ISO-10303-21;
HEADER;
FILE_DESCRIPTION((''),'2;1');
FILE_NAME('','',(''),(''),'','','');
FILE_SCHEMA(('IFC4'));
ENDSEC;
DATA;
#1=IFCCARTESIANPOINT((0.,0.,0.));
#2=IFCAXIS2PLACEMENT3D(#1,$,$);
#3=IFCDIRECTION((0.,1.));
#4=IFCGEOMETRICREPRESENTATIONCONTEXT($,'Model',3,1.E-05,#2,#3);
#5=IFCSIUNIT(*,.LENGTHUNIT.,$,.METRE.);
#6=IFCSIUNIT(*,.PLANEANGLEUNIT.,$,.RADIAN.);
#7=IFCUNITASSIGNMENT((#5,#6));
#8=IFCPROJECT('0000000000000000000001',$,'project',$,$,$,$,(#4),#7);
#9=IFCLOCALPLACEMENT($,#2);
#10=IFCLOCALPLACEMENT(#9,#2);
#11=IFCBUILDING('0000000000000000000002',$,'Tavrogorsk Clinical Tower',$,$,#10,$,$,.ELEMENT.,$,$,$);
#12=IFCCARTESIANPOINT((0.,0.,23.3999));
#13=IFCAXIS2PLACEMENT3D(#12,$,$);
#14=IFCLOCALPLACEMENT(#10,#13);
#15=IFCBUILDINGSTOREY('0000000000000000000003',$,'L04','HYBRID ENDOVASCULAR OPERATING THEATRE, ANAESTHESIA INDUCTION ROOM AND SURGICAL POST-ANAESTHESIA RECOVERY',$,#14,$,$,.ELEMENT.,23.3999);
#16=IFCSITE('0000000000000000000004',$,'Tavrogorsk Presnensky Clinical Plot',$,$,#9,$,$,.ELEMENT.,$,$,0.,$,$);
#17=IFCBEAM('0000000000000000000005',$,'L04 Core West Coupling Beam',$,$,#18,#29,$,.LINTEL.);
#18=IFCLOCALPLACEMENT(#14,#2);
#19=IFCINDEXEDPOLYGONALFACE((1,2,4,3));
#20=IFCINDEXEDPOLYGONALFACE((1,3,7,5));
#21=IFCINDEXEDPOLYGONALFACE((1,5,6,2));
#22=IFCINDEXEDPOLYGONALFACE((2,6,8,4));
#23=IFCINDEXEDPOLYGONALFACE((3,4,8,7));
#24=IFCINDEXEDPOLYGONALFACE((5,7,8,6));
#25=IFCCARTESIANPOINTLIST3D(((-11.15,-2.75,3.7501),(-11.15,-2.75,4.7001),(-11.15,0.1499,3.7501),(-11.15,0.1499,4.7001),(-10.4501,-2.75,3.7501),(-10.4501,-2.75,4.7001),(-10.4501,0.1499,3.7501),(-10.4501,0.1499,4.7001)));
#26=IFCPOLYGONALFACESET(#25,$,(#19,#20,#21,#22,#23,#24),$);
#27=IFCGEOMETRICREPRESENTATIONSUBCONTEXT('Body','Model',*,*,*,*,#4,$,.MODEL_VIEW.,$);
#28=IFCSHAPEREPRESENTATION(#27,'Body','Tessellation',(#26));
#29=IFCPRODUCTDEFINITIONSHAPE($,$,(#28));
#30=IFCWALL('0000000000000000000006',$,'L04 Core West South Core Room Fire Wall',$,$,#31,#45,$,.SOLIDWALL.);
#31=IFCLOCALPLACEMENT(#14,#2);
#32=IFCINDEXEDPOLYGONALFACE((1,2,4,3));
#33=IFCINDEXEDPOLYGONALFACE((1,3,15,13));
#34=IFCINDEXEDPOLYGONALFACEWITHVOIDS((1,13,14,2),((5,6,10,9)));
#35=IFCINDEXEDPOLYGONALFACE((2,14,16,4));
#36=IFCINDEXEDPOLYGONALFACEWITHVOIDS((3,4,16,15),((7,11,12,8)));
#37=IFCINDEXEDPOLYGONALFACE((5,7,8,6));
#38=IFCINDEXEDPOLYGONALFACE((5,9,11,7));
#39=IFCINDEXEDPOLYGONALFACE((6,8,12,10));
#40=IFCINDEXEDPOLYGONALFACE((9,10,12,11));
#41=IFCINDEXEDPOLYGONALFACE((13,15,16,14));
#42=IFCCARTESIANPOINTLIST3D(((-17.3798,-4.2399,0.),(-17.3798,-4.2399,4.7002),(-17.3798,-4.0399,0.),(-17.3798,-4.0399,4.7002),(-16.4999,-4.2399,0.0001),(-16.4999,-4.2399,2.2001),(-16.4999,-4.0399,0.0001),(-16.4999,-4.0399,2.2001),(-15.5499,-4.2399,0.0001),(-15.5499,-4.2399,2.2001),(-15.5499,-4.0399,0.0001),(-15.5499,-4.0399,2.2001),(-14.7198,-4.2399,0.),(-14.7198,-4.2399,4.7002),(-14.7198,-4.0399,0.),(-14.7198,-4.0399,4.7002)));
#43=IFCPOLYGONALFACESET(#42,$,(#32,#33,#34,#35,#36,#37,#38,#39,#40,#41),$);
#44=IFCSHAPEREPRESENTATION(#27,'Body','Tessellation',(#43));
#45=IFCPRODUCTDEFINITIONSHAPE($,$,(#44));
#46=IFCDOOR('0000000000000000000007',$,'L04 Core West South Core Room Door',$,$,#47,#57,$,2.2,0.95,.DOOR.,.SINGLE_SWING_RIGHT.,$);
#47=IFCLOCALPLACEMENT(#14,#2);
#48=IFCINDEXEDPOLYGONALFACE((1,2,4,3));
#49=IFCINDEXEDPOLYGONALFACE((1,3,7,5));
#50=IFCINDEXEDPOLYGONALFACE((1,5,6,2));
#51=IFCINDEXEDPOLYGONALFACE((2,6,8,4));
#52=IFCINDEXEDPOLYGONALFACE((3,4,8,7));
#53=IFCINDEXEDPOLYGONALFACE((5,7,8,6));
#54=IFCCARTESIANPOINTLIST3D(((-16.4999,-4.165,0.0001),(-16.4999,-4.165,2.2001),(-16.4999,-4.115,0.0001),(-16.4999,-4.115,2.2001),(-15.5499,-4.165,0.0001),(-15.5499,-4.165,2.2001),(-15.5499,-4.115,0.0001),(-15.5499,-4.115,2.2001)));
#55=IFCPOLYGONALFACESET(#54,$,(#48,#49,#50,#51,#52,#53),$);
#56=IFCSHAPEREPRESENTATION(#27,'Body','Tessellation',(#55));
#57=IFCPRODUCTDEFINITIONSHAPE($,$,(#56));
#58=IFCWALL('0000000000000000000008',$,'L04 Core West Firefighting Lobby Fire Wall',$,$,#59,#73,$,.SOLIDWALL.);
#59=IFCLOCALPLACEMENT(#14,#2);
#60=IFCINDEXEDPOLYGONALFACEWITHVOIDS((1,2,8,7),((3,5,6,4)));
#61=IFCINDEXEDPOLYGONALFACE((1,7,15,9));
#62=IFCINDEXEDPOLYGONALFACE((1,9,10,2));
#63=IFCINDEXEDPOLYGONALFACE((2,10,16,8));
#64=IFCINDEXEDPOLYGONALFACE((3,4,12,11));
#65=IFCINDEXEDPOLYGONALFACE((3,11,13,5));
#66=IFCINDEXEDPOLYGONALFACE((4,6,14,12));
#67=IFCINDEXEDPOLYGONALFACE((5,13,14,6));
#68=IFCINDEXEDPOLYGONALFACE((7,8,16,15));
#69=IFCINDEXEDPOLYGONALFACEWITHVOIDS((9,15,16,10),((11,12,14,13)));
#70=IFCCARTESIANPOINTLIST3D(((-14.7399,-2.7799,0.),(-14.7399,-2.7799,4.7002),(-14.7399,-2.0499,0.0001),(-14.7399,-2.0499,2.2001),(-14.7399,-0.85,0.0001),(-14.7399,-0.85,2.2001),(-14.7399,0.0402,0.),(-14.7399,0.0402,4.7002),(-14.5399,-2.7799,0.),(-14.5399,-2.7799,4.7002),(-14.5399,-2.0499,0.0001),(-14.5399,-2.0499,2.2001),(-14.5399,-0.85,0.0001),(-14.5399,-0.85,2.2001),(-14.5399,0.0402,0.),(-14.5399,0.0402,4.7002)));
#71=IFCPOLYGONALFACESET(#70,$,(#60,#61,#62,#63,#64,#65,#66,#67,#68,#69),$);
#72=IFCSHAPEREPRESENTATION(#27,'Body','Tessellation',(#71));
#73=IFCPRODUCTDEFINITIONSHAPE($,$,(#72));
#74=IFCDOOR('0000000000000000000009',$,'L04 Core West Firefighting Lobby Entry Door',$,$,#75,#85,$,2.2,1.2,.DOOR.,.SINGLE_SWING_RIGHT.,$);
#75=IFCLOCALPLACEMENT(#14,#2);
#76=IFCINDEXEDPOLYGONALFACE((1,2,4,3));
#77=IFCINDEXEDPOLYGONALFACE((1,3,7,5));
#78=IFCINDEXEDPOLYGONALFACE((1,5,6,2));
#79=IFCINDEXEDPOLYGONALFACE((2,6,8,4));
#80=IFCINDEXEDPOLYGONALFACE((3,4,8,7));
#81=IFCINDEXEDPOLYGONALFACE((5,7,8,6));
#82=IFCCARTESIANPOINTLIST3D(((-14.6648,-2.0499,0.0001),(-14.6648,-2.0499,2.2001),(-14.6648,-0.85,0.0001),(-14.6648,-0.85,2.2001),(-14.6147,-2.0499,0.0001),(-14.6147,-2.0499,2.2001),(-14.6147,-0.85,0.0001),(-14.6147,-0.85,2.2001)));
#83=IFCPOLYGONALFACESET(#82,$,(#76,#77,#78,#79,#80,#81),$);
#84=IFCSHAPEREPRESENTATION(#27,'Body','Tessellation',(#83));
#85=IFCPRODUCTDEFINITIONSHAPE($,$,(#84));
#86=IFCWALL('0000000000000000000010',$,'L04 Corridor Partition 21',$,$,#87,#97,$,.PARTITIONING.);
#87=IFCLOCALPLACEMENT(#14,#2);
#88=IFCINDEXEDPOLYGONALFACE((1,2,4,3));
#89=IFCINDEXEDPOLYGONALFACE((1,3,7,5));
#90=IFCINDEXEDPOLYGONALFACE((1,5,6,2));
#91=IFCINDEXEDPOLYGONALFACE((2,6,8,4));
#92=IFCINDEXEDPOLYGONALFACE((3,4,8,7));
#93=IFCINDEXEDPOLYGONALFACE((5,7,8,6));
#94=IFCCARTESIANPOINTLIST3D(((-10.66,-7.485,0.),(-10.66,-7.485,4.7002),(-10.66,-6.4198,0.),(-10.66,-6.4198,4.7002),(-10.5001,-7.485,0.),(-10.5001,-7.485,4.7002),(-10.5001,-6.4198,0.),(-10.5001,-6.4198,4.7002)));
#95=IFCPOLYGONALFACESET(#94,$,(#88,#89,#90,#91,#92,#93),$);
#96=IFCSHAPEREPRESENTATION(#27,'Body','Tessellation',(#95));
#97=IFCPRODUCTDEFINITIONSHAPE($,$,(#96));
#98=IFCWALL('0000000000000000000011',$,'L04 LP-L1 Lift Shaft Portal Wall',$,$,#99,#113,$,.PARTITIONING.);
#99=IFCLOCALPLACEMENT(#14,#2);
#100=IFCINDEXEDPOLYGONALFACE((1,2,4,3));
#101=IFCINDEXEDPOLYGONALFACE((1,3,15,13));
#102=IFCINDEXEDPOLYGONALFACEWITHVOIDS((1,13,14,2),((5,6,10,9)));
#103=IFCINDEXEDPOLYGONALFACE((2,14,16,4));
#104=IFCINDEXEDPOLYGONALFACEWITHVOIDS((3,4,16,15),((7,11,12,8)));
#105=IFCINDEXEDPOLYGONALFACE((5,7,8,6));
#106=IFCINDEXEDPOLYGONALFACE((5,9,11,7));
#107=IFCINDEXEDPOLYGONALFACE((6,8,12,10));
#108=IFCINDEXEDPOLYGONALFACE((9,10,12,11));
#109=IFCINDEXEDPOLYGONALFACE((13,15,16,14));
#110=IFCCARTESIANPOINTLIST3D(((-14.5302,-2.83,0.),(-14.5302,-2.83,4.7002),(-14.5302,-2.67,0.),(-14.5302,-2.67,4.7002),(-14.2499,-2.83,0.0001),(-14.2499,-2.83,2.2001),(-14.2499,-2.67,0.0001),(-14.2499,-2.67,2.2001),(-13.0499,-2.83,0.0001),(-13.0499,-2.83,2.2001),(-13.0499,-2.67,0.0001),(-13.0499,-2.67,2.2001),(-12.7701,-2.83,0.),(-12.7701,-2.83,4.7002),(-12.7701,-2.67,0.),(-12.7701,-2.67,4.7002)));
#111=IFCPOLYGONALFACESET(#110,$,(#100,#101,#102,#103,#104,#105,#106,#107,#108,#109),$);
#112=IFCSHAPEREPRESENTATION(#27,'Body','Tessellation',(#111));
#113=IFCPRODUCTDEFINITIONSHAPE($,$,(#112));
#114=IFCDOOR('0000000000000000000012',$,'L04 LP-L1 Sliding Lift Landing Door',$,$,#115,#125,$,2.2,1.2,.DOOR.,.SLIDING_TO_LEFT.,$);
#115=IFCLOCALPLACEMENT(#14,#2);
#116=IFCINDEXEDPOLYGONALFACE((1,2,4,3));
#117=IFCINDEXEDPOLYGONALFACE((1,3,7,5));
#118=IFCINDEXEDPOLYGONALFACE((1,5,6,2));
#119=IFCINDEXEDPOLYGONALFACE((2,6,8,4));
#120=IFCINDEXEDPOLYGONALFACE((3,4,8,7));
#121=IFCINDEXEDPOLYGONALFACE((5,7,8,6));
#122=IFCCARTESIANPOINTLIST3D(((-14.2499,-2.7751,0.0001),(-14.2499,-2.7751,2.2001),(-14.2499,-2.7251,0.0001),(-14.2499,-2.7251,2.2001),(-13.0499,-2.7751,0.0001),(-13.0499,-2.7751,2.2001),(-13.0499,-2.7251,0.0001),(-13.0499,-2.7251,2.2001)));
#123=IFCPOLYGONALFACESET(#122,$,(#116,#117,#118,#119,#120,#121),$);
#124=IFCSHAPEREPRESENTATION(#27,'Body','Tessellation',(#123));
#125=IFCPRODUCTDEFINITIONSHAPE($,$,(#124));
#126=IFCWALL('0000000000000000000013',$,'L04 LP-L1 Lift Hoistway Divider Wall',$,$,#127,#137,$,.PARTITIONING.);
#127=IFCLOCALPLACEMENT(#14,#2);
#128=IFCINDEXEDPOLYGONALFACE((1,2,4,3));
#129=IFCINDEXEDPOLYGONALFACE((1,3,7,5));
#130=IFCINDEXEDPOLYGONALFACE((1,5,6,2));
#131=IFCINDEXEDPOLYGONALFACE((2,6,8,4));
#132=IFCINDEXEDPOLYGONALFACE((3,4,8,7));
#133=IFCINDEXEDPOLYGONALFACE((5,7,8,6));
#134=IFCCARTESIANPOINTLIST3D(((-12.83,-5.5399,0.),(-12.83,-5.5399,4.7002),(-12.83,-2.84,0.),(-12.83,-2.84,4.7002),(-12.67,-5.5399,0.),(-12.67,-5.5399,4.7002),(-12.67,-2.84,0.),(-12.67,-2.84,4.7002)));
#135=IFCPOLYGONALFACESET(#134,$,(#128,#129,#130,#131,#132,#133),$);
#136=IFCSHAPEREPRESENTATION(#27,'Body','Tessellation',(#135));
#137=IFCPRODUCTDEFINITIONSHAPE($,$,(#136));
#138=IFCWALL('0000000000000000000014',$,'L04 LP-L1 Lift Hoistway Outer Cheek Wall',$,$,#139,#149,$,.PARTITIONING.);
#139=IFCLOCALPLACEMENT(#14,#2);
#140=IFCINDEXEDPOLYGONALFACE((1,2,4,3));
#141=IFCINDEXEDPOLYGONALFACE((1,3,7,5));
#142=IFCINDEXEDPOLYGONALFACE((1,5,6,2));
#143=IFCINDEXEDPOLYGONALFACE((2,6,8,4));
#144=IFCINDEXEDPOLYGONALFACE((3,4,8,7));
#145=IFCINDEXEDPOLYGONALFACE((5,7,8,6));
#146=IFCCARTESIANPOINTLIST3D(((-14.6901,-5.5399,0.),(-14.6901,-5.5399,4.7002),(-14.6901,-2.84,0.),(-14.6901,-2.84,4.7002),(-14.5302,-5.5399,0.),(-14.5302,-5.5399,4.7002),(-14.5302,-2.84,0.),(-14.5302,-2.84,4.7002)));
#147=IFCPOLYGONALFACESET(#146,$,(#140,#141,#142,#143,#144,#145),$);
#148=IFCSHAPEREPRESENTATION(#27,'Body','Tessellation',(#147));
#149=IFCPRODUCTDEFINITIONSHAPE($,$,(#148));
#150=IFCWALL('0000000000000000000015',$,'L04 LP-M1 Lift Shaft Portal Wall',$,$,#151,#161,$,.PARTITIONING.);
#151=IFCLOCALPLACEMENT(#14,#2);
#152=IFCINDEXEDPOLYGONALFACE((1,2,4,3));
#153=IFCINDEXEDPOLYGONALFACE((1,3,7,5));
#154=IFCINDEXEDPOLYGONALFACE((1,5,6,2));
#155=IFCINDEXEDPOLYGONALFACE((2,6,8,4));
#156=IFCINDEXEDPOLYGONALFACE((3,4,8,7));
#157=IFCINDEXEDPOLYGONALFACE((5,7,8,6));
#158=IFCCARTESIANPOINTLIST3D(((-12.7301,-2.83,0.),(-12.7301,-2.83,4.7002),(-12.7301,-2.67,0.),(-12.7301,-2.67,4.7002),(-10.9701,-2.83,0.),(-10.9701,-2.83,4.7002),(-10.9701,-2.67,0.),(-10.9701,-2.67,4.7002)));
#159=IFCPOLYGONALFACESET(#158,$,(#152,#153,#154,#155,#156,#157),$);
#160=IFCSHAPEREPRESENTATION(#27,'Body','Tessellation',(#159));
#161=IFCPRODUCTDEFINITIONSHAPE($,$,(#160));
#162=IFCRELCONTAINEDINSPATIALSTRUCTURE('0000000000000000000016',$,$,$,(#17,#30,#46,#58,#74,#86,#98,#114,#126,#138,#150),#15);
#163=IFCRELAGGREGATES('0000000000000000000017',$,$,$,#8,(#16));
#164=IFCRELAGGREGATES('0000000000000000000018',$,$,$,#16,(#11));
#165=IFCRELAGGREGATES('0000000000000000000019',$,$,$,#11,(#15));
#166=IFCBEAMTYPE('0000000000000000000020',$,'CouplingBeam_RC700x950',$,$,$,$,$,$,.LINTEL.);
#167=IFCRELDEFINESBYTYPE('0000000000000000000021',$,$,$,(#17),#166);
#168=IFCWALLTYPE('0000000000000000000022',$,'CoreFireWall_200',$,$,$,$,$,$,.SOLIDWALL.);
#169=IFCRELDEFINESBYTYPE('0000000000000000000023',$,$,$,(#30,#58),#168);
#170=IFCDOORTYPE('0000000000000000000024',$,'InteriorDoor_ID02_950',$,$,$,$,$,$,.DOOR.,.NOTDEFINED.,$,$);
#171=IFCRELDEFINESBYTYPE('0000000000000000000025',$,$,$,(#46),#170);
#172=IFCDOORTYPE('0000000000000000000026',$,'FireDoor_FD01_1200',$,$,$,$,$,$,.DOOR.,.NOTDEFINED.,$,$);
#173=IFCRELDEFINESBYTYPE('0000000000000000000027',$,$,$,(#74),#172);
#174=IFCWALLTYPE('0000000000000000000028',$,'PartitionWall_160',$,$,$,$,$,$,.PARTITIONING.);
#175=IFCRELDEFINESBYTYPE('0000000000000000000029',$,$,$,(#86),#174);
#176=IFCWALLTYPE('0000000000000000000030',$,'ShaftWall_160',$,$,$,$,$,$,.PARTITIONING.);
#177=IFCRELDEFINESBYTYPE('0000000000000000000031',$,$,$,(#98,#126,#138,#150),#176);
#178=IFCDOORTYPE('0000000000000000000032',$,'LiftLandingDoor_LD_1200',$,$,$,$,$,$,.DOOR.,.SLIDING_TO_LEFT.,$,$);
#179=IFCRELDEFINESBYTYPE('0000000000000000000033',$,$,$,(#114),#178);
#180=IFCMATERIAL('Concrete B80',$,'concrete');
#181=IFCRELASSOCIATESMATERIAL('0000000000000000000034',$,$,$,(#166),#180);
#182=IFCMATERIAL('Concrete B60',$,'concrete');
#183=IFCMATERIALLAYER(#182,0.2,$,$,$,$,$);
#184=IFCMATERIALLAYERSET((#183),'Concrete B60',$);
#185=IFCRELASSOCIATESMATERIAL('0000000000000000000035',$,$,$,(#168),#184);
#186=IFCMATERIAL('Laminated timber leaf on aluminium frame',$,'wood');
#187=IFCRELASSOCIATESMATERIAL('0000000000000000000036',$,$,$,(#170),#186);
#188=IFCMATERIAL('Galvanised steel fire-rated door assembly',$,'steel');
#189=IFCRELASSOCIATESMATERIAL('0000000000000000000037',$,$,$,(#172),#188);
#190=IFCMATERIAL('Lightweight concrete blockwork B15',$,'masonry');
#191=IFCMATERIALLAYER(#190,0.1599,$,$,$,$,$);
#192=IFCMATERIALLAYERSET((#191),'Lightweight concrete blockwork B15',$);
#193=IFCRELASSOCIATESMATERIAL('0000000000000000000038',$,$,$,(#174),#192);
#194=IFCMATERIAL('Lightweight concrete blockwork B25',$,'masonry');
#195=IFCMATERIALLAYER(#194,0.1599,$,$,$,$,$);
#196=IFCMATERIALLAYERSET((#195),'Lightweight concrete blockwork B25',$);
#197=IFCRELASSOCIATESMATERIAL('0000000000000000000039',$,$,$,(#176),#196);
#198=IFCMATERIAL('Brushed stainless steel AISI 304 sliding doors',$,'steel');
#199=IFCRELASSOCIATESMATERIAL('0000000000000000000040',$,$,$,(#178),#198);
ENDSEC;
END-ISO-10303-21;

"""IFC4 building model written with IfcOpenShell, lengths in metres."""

from ifc_helpers import new_model, si_unit, direction, frame, frame_2d, origin, origin_2d, place, context, subcontext, project, spatial, rectangle, extrude, material, layer, layer_set, material_profile, profile_set, type_object, element, fill, save


model = new_model("IFC4")

# Units and contexts
model_context = context("Model", 3, precision=1e-05, world=origin(), true_north=direction((0.0, 1.0)))
body_context = subcontext(model_context, "Body", "Model", "MODEL_VIEW")
ifc_project = project(units=[si_unit("LENGTHUNIT", "METRE"), si_unit("PLANEANGLEUNIT", "RADIAN")], contexts=[model_context])

# Site, building, storey
site_placement = place(None, origin())
site = spatial("IfcSite", under=ifc_project, at=site_placement, Name="Tavrogorsk Presnensky Clinical Plot", CompositionType="ELEMENT", RefElevation=0.0)
building_placement = place(site_placement, origin())
building = spatial("IfcBuilding", under=site, at=building_placement, Name="Tavrogorsk Clinical Tower", CompositionType="ELEMENT")
storey_placement = place(building_placement, frame((0.0, 0.0, 23.3999)))
storey = spatial("IfcBuildingStorey", under=building, at=storey_placement, Name="L04", Description="HYBRID ENDOVASCULAR OPERATING THEATRE, ANAESTHESIA INDUCTION ROOM AND SURGICAL POST-ANAESTHESIA RECOVERY", CompositionType="ELEMENT", Elevation=23.3999)

# Beam
ifc_material_1 = material(Name="Concrete B80", Category="concrete")
ifc_material_profile = material_profile(ifc_material_1, rectangle(XDim=0.7, YDim=0.95, at=origin_2d()), Name="RC-CB-700x950")
ifc_profile_set = profile_set([ifc_material_profile], Name="Concrete B80")
beam_type = type_object("IfcBeamType", Name="CouplingBeam_RC700x950", PredefinedType="LINTEL", material=ifc_profile_set)
beam_placement = place(storey_placement, frame((-10.8, -2.75, 4.2251), z_axis=(0.0, 1.0, 0.0), x_axis=(-1.0, 0.0, 0.0)))
element("IfcBeam", 1, at=beam_placement, inside=storey, type_object=beam_type, Name="L04 Core West Coupling Beam", PredefinedType="LINTEL", context=body_context, shape_type="SweptSolid", body=[
    extrude(rectangle(XDim=0.7, YDim=0.95, at=origin_2d()), origin(), (0.0, 0.0, 1.0), 2.8999),
])

# Walls, openings, doors
ifc_material_2 = material(Name="Concrete B60", Category="concrete")
ifc_layer_1 = layer(ifc_material_2, 0.2)
ifc_layer_set_1 = layer_set([ifc_layer_1], Name="Concrete B60")
wall_type_1 = type_object("IfcWallType", Name="CoreFireWall_200", PredefinedType="SOLIDWALL", material=ifc_layer_set_1)
wall_1_placement = place(storey_placement, frame((-17.3799, -4.1399, 0.0), z_axis=(0.0, 0.0, 1.0), x_axis=(1.0, 0.0, 0.0)))
wall_1 = element("IfcWall", 2, at=wall_1_placement, inside=storey, type_object=wall_type_1, Name="L04 Core West South Core Room Fire Wall", PredefinedType="SOLIDWALL", context=body_context, shape_type="SweptSolid", body=[
    extrude(rectangle(XDim=2.6599, YDim=0.2, at=frame_2d((1.3301, 0.0))), origin(), (0.0, 0.0, 1.0), 4.7002),
])
opening_1_placement = place(wall_1_placement, frame((0.8799, 0.0, 0.0)))
opening_1 = element("IfcOpeningElement", 3, at=opening_1_placement, cuts=wall_1, PredefinedType="OPENING", context=body_context, shape_type="SweptSolid", body=[
    extrude(rectangle(XDim=0.95, YDim=2.2, at=frame_2d((0.4751, 1.1001))), frame((0.0, 0.1099, 0.0), z_axis=(0.0, -1.0, 0.0), x_axis=(1.0, 0.0, 0.0)), (0.0, 0.0, 1.0), 0.22),
])
ifc_material_3 = material(Name="Laminated timber leaf on aluminium frame", Category="wood")
door_type_1 = type_object("IfcDoorType", Name="InteriorDoor_ID02_950", OperationType="NOTDEFINED", PredefinedType="DOOR", material=ifc_material_3)
door_1_placement = place(opening_1_placement, origin())
door_1 = element("IfcDoor", 4, at=door_1_placement, inside=storey, type_object=door_type_1, Name="L04 Core West South Core Room Door", OperationType="SINGLE_SWING_RIGHT", OverallHeight=2.2, OverallWidth=0.95, PredefinedType="DOOR", context=body_context, shape_type="SweptSolid", body=[
    extrude(rectangle(XDim=0.95, YDim=2.2, at=frame_2d((0.4751, 1.1001))), frame((0.0, 0.0249, 0.0), z_axis=(0.0, -1.0, 0.0), x_axis=(1.0, 0.0, 0.0)), (0.0, 0.0, 1.0), 0.05),
])
fill(opening_1, door_1)
wall_2_placement = place(storey_placement, frame((-14.6399, -2.78, 0.0), z_axis=(0.0, 0.0, 1.0), x_axis=(0.0, 1.0, 0.0)))
wall_2 = element("IfcWall", 5, at=wall_2_placement, inside=storey, type_object=wall_type_1, Name="L04 Core West Firefighting Lobby Fire Wall", PredefinedType="SOLIDWALL", context=body_context, shape_type="SweptSolid", body=[
    extrude(rectangle(XDim=2.8201, YDim=0.2, at=frame_2d((1.4102, 0.0))), origin(), (0.0, 0.0, 1.0), 4.7002),
])
opening_2_placement = place(wall_2_placement, frame((0.73, 0.0, 0.0)))
opening_2 = element("IfcOpeningElement", 6, at=opening_2_placement, cuts=wall_2, PredefinedType="OPENING", context=body_context, shape_type="SweptSolid", body=[
    extrude(rectangle(XDim=1.2, YDim=2.2, at=frame_2d((0.6001, 1.1001))), frame((0.0, 0.1099, 0.0), z_axis=(0.0, -1.0, 0.0), x_axis=(1.0, 0.0, 0.0)), (0.0, 0.0, 1.0), 0.22),
])
ifc_material_4 = material(Name="Galvanised steel fire-rated door assembly", Category="steel")
door_type_2 = type_object("IfcDoorType", Name="FireDoor_FD01_1200", OperationType="NOTDEFINED", PredefinedType="DOOR", material=ifc_material_4)
door_2_placement = place(opening_2_placement, origin())
door_2 = element("IfcDoor", 7, at=door_2_placement, inside=storey, type_object=door_type_2, Name="L04 Core West Firefighting Lobby Entry Door", OperationType="SINGLE_SWING_RIGHT", OverallHeight=2.2, OverallWidth=1.2, PredefinedType="DOOR", context=body_context, shape_type="SweptSolid", body=[
    extrude(rectangle(XDim=1.2, YDim=2.2, at=frame_2d((0.6001, 1.1001))), frame((0.0, 0.0249, 0.0), z_axis=(0.0, -1.0, 0.0), x_axis=(1.0, 0.0, 0.0)), (0.0, 0.0, 1.0), 0.05),
])
fill(opening_2, door_2)

# Wall
ifc_material_5 = material(Name="Lightweight concrete blockwork B15", Category="masonry")
ifc_layer_2 = layer(ifc_material_5, 0.1599)
ifc_layer_set_2 = layer_set([ifc_layer_2], Name="Lightweight concrete blockwork B15")
wall_type_2 = type_object("IfcWallType", Name="PartitionWall_160", PredefinedType="PARTITIONING", material=ifc_layer_set_2)
wall_3_placement = place(storey_placement, frame((-10.5801, -7.4851, 0.0), z_axis=(0.0, 0.0, 1.0), x_axis=(0.0, 1.0, 0.0)))
element("IfcWall", 8, at=wall_3_placement, inside=storey, type_object=wall_type_2, Name="L04 Corridor Partition 21", PredefinedType="PARTITIONING", context=body_context, shape_type="SweptSolid", body=[
    extrude(rectangle(XDim=1.0652, YDim=0.1599, at=frame_2d((0.5327, 0.0))), origin(), (0.0, 0.0, 1.0), 4.7002),
])

# Wall, opening, door
ifc_material_6 = material(Name="Lightweight concrete blockwork B25", Category="masonry")
ifc_layer_3 = layer(ifc_material_6, 0.1599)
ifc_layer_set_3 = layer_set([ifc_layer_3], Name="Lightweight concrete blockwork B25")
wall_type_3 = type_object("IfcWallType", Name="ShaftWall_160", PredefinedType="PARTITIONING", material=ifc_layer_set_3)
wall_4_placement = place(storey_placement, frame((-14.53, -2.75, 0.0), z_axis=(0.0, 0.0, 1.0), x_axis=(1.0, 0.0, 0.0)))
wall_4 = element("IfcWall", 9, at=wall_4_placement, inside=storey, type_object=wall_type_3, Name="L04 LP-L1 Lift Shaft Portal Wall", PredefinedType="PARTITIONING", context=body_context, shape_type="SweptSolid", body=[
    extrude(rectangle(XDim=1.76, YDim=0.1599, at=frame_2d((0.8799, 0.0))), origin(), (0.0, 0.0, 1.0), 4.7002),
])
opening_3_placement = place(wall_4_placement, frame((0.28, 0.0, 0.0)))
opening_3 = element("IfcOpeningElement", 10, at=opening_3_placement, cuts=wall_4, PredefinedType="OPENING", context=body_context, shape_type="SweptSolid", body=[
    extrude(rectangle(XDim=1.2, YDim=2.2, at=frame_2d((0.6001, 1.1001))), frame((0.0, 0.0898, 0.0), z_axis=(0.0, -1.0, 0.0), x_axis=(1.0, 0.0, 0.0)), (0.0, 0.0, 1.0), 0.1799),
])
ifc_material_7 = material(Name="Brushed stainless steel AISI 304 sliding doors", Category="steel")
door_type_3 = type_object("IfcDoorType", Name="LiftLandingDoor_LD_1200", OperationType="SLIDING_TO_LEFT", PredefinedType="DOOR", material=ifc_material_7)
door_3_placement = place(opening_3_placement, origin())
door_3 = element("IfcDoor", 11, at=door_3_placement, inside=storey, type_object=door_type_3, Name="L04 LP-L1 Sliding Lift Landing Door", OperationType="SLIDING_TO_LEFT", OverallHeight=2.2, OverallWidth=1.2, PredefinedType="DOOR", context=body_context, shape_type="SweptSolid", body=[
    extrude(rectangle(XDim=1.2, YDim=2.2, at=frame_2d((0.6001, 1.1001))), frame((0.0, 0.0249, 0.0), z_axis=(0.0, -1.0, 0.0), x_axis=(1.0, 0.0, 0.0)), (0.0, 0.0, 1.0), 0.05),
])
fill(opening_3, door_3)

# Walls
for number, where, z_axis, x_axis, name in (
    (12, (-12.75, -5.54, 0.0), (0.0, 0.0, 1.0), (0.0, 1.0, 0.0), "L04 LP-L1 Lift Hoistway Divider Wall"),
    (13, (-14.6101, -5.54, 0.0), (0.0, 0.0, 1.0), (0.0, 1.0, 0.0), "L04 LP-L1 Lift Hoistway Outer Cheek Wall"),
):
    element("IfcWall", number, at=place(storey_placement, frame(where, z_axis=z_axis, x_axis=x_axis)), inside=storey, type_object=wall_type_3, Name=name, PredefinedType="PARTITIONING", context=body_context, shape_type="SweptSolid", body=[
        extrude(rectangle(XDim=2.7, YDim=0.1599, at=frame_2d((1.3501, 0.0))), origin(), (0.0, 0.0, 1.0), 4.7002),
    ])
wall_5_placement = place(storey_placement, frame((-12.73, -2.75, 0.0), z_axis=(0.0, 0.0, 1.0), x_axis=(1.0, 0.0, 0.0)))
element("IfcWall", 14, at=wall_5_placement, inside=storey, type_object=wall_type_3, Name="L04 LP-M1 Lift Shaft Portal Wall", PredefinedType="PARTITIONING", context=body_context, shape_type="SweptSolid", body=[
    extrude(rectangle(XDim=1.76, YDim=0.1599, at=frame_2d((0.8799, 0.0))), origin(), (0.0, 0.0, 1.0), 4.7002),
])

save(model, "model.ifc")
